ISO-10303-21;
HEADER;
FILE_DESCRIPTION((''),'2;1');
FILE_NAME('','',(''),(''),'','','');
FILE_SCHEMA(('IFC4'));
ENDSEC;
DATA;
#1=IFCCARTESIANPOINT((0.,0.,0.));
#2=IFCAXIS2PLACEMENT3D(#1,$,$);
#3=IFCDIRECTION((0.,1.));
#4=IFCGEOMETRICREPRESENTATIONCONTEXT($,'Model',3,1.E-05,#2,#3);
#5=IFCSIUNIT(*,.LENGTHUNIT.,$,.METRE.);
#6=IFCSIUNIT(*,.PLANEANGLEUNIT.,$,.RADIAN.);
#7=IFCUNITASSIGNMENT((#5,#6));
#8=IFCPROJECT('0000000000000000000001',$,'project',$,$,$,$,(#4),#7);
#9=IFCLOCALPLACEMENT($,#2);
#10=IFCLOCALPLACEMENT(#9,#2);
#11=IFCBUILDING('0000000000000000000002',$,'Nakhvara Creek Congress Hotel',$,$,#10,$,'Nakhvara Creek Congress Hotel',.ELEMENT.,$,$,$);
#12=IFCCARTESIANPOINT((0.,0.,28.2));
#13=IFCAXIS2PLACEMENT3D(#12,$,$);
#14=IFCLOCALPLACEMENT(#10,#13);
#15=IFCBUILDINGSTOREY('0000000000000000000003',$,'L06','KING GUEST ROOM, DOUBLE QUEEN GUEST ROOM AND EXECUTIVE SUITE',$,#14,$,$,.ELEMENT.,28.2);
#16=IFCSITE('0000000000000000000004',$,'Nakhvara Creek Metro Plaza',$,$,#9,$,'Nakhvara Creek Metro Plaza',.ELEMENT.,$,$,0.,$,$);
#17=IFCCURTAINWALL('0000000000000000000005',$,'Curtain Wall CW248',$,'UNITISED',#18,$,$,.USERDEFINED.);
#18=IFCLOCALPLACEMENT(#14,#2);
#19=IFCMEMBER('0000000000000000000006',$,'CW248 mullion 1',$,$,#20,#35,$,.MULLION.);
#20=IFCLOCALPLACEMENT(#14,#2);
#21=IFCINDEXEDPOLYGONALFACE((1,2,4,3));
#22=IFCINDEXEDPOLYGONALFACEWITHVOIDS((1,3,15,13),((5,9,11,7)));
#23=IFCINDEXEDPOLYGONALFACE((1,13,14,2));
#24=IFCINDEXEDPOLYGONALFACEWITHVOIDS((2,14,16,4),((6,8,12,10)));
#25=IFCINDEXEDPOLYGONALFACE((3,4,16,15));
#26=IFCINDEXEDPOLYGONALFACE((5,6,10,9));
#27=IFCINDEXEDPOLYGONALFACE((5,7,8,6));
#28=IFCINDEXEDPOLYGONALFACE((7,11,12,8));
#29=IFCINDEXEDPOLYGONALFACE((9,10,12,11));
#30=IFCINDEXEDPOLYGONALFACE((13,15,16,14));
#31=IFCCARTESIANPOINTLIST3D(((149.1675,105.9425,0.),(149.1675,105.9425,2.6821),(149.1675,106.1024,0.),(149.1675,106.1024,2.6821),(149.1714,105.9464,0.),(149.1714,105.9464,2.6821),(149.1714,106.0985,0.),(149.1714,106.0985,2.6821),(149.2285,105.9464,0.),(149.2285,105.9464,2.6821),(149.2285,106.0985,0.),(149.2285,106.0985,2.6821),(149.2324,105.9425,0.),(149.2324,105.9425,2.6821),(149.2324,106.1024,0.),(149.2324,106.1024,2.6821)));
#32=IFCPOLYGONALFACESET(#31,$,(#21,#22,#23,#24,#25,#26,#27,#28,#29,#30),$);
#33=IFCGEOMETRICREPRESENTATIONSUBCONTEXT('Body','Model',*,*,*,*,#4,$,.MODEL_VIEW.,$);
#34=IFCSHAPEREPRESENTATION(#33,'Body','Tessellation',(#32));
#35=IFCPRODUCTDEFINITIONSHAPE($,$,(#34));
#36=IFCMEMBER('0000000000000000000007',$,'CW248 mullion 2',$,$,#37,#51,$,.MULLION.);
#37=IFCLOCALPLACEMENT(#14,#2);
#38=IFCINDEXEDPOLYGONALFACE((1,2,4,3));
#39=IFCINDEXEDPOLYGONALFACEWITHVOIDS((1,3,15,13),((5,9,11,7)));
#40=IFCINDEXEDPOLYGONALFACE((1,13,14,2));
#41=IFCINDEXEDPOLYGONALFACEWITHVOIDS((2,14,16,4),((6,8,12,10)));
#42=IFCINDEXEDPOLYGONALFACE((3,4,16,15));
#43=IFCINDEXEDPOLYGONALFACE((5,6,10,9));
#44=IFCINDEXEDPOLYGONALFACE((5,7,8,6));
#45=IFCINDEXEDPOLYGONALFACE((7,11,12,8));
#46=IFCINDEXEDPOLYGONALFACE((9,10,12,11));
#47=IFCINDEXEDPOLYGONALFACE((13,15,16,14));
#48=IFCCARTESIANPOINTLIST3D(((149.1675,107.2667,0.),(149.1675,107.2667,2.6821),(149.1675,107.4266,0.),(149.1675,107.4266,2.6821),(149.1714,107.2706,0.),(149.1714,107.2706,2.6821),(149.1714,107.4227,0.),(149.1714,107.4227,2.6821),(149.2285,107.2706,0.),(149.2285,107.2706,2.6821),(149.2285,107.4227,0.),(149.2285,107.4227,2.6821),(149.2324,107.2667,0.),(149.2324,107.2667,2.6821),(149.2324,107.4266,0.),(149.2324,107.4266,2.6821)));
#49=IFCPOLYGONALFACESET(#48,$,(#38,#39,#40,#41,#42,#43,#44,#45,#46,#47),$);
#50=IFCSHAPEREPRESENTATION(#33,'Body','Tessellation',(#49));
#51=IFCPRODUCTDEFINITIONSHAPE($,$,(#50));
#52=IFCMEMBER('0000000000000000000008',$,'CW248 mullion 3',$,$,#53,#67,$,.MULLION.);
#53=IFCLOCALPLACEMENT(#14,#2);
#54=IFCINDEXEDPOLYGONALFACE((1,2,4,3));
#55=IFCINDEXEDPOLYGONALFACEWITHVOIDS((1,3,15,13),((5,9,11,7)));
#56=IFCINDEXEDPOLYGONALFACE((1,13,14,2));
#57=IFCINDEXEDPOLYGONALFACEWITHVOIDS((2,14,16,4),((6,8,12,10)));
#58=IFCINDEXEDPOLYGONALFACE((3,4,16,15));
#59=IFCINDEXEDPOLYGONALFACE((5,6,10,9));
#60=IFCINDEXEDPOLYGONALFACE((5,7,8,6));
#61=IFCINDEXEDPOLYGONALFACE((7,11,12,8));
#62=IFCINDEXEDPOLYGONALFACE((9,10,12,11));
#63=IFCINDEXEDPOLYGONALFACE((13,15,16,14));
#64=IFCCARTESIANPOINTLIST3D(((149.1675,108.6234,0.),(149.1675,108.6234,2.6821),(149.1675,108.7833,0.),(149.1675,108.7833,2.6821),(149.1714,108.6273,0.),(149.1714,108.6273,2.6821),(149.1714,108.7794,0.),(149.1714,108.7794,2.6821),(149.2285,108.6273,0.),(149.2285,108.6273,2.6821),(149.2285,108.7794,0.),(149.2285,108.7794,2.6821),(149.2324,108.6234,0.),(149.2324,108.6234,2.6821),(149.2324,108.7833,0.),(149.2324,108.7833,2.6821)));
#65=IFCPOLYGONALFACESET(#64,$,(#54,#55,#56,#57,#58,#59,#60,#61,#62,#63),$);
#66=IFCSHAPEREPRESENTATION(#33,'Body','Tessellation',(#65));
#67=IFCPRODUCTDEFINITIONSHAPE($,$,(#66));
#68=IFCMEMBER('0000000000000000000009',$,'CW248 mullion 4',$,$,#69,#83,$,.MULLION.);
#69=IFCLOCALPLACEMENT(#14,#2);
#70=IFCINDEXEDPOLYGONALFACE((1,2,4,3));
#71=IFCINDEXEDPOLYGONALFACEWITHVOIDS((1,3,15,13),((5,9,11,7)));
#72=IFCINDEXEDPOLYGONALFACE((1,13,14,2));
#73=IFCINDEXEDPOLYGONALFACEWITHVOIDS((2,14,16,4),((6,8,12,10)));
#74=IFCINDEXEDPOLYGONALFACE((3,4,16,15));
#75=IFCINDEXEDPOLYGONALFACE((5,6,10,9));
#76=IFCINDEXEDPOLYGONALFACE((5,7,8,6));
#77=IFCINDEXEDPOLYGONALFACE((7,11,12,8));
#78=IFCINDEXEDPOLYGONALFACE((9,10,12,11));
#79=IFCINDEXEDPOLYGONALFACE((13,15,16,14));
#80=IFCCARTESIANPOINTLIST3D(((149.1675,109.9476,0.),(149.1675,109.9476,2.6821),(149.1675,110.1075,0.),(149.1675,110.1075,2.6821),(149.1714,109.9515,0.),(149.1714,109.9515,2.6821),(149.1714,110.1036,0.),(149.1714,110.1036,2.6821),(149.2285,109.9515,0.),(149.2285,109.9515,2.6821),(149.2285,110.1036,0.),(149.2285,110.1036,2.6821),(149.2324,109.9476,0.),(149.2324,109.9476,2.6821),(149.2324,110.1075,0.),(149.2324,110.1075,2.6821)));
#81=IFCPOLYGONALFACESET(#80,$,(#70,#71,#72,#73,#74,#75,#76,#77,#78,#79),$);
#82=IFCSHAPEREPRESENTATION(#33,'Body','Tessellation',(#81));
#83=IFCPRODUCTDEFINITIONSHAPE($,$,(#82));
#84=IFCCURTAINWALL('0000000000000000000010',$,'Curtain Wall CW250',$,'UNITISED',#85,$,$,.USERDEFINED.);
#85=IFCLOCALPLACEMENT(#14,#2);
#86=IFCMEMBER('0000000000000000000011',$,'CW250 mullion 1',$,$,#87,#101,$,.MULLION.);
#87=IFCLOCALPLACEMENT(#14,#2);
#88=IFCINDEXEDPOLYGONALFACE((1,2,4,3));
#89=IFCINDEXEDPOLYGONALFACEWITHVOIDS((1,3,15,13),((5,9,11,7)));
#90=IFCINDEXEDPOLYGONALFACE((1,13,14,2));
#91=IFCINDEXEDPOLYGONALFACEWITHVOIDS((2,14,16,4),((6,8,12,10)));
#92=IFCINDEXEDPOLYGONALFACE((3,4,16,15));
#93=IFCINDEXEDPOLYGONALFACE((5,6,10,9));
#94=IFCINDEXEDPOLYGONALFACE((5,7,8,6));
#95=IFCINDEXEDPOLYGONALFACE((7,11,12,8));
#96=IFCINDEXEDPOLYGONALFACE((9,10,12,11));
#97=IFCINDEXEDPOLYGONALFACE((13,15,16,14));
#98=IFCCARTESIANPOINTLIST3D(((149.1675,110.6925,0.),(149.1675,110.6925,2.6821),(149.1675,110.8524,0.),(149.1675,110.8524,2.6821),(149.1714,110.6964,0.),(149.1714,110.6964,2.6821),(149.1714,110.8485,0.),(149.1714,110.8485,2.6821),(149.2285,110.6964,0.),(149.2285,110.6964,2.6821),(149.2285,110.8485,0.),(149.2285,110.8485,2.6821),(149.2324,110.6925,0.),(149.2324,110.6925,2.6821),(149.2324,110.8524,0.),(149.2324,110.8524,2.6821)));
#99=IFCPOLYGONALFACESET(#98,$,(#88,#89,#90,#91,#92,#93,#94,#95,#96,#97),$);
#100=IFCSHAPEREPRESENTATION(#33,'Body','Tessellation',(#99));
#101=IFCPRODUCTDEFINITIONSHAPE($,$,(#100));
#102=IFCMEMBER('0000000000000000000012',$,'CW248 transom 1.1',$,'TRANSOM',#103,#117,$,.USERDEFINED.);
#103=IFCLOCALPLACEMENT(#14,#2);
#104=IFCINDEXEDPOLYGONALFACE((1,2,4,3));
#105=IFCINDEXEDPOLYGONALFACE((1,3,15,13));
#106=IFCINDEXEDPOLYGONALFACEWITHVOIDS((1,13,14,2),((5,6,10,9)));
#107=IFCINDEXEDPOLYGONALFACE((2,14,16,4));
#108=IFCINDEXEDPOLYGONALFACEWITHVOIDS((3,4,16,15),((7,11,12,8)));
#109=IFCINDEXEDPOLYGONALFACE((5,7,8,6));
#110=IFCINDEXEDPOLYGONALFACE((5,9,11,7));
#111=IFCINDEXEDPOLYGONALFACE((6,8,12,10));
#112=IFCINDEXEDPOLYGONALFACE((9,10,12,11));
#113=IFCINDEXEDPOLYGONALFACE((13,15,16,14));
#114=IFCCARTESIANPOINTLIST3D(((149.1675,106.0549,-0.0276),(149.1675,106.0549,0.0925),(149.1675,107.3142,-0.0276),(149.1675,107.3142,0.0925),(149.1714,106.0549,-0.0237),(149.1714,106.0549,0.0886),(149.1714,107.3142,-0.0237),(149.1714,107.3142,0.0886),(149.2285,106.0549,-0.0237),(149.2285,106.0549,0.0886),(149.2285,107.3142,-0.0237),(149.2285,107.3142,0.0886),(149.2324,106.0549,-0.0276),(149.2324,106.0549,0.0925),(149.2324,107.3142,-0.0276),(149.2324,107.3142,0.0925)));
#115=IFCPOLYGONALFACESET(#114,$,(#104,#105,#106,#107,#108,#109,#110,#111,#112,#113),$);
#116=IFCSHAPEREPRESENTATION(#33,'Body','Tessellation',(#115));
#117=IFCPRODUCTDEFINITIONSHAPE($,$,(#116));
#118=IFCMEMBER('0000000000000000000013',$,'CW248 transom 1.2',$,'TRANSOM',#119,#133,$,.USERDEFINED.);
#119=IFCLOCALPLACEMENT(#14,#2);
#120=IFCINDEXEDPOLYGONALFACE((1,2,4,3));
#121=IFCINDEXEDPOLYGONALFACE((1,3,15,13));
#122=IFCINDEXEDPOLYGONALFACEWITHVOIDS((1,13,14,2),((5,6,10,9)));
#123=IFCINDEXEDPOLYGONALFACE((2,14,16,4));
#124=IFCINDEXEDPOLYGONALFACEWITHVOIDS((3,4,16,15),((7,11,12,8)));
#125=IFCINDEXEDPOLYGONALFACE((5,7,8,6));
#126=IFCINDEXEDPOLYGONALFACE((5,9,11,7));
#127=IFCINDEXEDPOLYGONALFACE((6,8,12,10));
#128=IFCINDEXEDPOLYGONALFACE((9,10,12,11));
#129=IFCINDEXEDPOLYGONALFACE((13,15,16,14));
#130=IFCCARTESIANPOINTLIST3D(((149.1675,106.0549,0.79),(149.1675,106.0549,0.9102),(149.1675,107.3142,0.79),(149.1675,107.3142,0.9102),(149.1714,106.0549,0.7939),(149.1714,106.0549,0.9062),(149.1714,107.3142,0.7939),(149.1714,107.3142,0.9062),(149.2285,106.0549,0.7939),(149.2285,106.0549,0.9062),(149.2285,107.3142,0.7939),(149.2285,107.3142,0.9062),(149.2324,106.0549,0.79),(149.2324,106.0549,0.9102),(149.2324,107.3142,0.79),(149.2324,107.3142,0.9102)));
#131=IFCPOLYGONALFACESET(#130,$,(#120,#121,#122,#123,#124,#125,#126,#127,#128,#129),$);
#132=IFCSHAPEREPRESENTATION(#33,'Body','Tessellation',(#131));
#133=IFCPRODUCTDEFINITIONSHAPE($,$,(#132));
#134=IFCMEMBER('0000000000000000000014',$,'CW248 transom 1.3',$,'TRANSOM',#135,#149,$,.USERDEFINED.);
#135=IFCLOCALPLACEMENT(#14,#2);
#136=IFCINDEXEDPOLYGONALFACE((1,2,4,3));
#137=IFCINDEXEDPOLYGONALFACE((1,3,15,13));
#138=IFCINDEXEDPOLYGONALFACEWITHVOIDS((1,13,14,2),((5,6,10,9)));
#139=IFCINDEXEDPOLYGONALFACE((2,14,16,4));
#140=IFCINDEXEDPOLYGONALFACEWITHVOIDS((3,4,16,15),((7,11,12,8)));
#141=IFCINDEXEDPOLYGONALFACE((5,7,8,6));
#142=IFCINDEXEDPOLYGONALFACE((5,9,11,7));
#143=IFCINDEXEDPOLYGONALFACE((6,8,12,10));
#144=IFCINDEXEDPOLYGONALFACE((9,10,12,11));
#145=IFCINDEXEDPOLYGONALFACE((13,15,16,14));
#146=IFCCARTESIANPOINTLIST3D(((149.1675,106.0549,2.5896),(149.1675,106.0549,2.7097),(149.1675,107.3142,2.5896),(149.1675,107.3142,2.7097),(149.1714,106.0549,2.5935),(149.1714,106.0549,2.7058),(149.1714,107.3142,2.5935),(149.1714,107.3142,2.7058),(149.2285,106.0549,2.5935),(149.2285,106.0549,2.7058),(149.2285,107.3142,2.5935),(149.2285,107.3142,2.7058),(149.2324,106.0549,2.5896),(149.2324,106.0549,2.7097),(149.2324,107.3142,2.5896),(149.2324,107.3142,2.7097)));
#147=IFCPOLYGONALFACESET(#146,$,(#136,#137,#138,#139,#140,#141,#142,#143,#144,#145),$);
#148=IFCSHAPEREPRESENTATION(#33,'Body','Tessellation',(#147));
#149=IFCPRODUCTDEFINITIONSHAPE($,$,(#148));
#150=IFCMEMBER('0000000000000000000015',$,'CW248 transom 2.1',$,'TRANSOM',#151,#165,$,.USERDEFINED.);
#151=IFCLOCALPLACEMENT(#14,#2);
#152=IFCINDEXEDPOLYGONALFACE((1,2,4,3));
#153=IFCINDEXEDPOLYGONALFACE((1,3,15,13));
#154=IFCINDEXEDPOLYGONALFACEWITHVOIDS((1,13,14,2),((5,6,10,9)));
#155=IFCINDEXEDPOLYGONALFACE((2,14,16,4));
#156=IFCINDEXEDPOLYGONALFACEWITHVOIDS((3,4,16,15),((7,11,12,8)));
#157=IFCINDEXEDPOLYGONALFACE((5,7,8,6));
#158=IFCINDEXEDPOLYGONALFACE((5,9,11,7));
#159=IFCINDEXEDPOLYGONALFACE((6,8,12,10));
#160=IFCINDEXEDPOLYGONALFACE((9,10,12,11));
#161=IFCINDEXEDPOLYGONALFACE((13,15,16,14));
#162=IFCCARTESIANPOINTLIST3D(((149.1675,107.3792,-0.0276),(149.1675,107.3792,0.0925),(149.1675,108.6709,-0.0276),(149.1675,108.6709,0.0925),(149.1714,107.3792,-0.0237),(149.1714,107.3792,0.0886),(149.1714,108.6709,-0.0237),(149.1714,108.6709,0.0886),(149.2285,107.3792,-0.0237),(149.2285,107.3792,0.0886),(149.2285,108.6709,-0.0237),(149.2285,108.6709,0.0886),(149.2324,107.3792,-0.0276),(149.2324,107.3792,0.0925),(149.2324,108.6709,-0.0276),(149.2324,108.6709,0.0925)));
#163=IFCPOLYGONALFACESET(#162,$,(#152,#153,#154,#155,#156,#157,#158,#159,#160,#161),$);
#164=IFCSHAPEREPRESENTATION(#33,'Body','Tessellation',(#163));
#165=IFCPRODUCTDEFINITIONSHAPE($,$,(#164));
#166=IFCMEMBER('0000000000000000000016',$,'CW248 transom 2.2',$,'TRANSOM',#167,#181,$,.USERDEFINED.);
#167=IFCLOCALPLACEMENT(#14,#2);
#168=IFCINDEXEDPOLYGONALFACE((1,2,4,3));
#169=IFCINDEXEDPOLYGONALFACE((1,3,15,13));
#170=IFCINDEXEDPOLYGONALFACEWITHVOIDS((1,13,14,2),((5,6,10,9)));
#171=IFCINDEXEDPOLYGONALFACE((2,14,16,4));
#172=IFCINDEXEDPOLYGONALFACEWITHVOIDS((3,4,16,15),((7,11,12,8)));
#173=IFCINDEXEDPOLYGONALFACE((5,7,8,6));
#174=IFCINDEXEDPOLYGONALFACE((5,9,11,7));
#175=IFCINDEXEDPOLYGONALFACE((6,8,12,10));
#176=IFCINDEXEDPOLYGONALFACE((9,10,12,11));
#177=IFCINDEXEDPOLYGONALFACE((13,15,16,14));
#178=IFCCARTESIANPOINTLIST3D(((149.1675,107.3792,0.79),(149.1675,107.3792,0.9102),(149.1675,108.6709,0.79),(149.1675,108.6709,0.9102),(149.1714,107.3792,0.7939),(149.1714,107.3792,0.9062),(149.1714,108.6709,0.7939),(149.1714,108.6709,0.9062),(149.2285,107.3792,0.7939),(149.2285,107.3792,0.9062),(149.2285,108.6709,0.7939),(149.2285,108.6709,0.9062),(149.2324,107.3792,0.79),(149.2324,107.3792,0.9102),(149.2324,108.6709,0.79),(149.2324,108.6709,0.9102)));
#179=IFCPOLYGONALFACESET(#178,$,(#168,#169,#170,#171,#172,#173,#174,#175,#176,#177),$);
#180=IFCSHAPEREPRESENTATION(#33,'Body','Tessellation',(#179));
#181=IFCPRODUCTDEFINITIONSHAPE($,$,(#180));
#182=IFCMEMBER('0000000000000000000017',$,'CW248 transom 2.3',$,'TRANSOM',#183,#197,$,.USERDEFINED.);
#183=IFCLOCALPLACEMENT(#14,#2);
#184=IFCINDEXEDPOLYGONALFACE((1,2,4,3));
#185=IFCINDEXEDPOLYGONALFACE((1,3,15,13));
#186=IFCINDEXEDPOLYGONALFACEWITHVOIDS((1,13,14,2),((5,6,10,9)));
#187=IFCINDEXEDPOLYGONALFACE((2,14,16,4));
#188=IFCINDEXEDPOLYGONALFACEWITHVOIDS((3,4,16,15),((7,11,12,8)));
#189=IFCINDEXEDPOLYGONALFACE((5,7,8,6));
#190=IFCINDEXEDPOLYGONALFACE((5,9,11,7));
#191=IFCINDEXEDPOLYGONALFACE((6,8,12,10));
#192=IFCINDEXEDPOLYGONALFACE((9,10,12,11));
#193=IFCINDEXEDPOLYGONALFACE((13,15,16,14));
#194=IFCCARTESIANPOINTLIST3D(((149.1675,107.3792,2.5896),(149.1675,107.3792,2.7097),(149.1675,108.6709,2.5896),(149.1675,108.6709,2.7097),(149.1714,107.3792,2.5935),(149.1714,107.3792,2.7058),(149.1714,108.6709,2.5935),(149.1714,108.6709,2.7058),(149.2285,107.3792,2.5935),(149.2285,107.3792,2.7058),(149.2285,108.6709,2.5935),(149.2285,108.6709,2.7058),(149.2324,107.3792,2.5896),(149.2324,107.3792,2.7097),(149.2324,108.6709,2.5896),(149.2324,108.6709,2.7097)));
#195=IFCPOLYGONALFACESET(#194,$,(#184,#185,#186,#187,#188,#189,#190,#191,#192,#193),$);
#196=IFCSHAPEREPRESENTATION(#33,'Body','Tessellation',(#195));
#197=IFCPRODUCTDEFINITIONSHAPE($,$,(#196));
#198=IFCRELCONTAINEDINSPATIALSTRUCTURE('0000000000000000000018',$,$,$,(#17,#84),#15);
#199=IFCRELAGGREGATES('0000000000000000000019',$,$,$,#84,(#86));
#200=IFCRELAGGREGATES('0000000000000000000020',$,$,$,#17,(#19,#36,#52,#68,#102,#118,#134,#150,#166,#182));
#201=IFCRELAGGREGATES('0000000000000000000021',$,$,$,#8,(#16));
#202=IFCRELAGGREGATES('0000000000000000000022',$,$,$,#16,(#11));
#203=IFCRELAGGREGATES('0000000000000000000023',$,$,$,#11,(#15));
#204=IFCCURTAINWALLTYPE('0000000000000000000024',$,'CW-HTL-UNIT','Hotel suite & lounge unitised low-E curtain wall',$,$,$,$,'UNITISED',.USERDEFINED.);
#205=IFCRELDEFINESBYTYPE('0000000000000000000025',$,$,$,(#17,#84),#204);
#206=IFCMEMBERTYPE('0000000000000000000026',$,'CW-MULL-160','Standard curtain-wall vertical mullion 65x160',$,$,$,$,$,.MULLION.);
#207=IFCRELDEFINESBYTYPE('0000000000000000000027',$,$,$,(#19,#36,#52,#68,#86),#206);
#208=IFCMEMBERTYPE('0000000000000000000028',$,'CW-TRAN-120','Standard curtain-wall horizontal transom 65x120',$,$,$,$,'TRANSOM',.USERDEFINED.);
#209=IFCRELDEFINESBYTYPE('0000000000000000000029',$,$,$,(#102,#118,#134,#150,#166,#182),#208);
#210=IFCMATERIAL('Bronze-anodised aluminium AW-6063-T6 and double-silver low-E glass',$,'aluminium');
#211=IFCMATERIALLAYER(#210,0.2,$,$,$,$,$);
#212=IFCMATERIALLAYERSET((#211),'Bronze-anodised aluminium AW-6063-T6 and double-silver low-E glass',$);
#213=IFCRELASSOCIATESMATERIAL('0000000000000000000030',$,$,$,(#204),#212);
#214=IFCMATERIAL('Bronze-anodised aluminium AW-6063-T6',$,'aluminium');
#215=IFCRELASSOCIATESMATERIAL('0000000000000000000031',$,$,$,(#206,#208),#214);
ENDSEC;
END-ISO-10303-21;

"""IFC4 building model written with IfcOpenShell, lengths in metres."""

from ifc_helpers import new_model, si_unit, direction, frame, origin, origin_2d, place, context, subcontext, project, spatial, hollow_rectangle, extrude, material, layer, layer_set, material_profile, profile_set, type_object, element, aggregate, save


model = new_model("IFC4")

# Units and contexts
model_context = context("Model", 3, precision=1e-05, world=origin(), true_north=direction((0.0, 1.0)))
body_context = subcontext(model_context, "Body", "Model", "MODEL_VIEW")
ifc_project = project(units=[si_unit("LENGTHUNIT", "METRE"), si_unit("PLANEANGLEUNIT", "RADIAN")], contexts=[model_context])

# Site, building, storey
site_placement = place(None, origin())
site = spatial("IfcSite", under=ifc_project, at=site_placement, Name="Nakhvara Creek Metro Plaza", LongName="Nakhvara Creek Metro Plaza", CompositionType="ELEMENT", RefElevation=0.0)
building_placement = place(site_placement, origin())
building = spatial("IfcBuilding", under=site, at=building_placement, Name="Nakhvara Creek Congress Hotel", LongName="Nakhvara Creek Congress Hotel", CompositionType="ELEMENT")
storey_placement = place(building_placement, frame((0.0, 0.0, 28.2)))
storey = spatial("IfcBuildingStorey", under=building, at=storey_placement, Name="L06", Description="KING GUEST ROOM, DOUBLE QUEEN GUEST ROOM AND EXECUTIVE SUITE", CompositionType="ELEMENT", Elevation=28.2)

# Curtain wall, members
ifc_material_1 = material(Name="Bronze-anodised aluminium AW-6063-T6 and double-silver low-E glass", Category="aluminium")
ifc_layer = layer(ifc_material_1, 0.2)
ifc_layer_set = layer_set([ifc_layer], Name="Bronze-anodised aluminium AW-6063-T6 and double-silver low-E glass")
curtain_wall_type = type_object("IfcCurtainWallType", Name="CW-HTL-UNIT", Description="Hotel suite & lounge unitised low-E curtain wall", ElementType="UNITISED", PredefinedType="USERDEFINED", material=ifc_layer_set)
curtain_wall_1_placement = place(storey_placement, origin())
curtain_wall_1 = element("IfcCurtainWall", 1, at=curtain_wall_1_placement, inside=storey, type_object=curtain_wall_type, Name="Curtain Wall CW248", ObjectType="UNITISED", PredefinedType="USERDEFINED")
ifc_material_2 = material(Name="Bronze-anodised aluminium AW-6063-T6", Category="aluminium")
ifc_material_profile_1 = material_profile(ifc_material_2, hollow_rectangle(XDim=0.0649, YDim=0.1599, WallThickness=0.0039, at=origin_2d()), Name="ALU-MULL 65x160x4", Category="LoadBearing")
ifc_profile_set_1 = profile_set([ifc_material_profile_1], Name="Bronze-anodised aluminium AW-6063-T6")
member_type_1 = type_object("IfcMemberType", Name="CW-MULL-160", Description="Standard curtain-wall vertical mullion 65x160", PredefinedType="MULLION", material=ifc_profile_set_1)
member_1_placement = place(storey_placement, frame((149.2, 106.0225, 0.0), z_axis=(0.0, 0.0, 1.0), x_axis=(-1.0, 0.0, 0.0)))
member_1 = element("IfcMember", 2, at=member_1_placement, type_object=member_type_1, Name="CW248 mullion 1", PredefinedType="MULLION", context=body_context, shape_type="SweptSolid", body=[
    extrude(hollow_rectangle(XDim=0.0649, YDim=0.1599, WallThickness=0.0039, at=origin_2d()), origin(), (0.0, 0.0, 1.0), 2.6821),
])
member_2_placement = place(storey_placement, frame((149.2, 107.3467, 0.0), z_axis=(0.0, 0.0, 1.0), x_axis=(-1.0, 0.0, 0.0)))
member_2 = element("IfcMember", 3, at=member_2_placement, type_object=member_type_1, Name="CW248 mullion 2", PredefinedType="MULLION", context=body_context, shape_type="SweptSolid", body=[
    extrude(hollow_rectangle(XDim=0.0649, YDim=0.1599, WallThickness=0.0039, at=origin_2d()), origin(), (0.0, 0.0, 1.0), 2.6821),
])
member_3_placement = place(storey_placement, frame((149.2, 108.7034, 0.0), z_axis=(0.0, 0.0, 1.0), x_axis=(-1.0, 0.0, 0.0)))
member_3 = element("IfcMember", 4, at=member_3_placement, type_object=member_type_1, Name="CW248 mullion 3", PredefinedType="MULLION", context=body_context, shape_type="SweptSolid", body=[
    extrude(hollow_rectangle(XDim=0.0649, YDim=0.1599, WallThickness=0.0039, at=origin_2d()), origin(), (0.0, 0.0, 1.0), 2.6821),
])
member_4_placement = place(storey_placement, frame((149.2, 110.0276, 0.0), z_axis=(0.0, 0.0, 1.0), x_axis=(-1.0, 0.0, 0.0)))
member_4 = element("IfcMember", 5, at=member_4_placement, type_object=member_type_1, Name="CW248 mullion 4", PredefinedType="MULLION", context=body_context, shape_type="SweptSolid", body=[
    extrude(hollow_rectangle(XDim=0.0649, YDim=0.1599, WallThickness=0.0039, at=origin_2d()), origin(), (0.0, 0.0, 1.0), 2.6821),
])

# Curtain wall, member
curtain_wall_2_placement = place(storey_placement, origin())
curtain_wall_2 = element("IfcCurtainWall", 6, at=curtain_wall_2_placement, inside=storey, type_object=curtain_wall_type, Name="Curtain Wall CW250", ObjectType="UNITISED", PredefinedType="USERDEFINED")
member_5_placement = place(storey_placement, frame((149.2, 110.7725, 0.0), z_axis=(0.0, 0.0, 1.0), x_axis=(-1.0, 0.0, 0.0)))
member_5 = element("IfcMember", 7, at=member_5_placement, type_object=member_type_1, Name="CW250 mullion 1", PredefinedType="MULLION", context=body_context, shape_type="SweptSolid", body=[
    extrude(hollow_rectangle(XDim=0.0649, YDim=0.1599, WallThickness=0.0039, at=origin_2d()), origin(), (0.0, 0.0, 1.0), 2.6821),
])

# Members
ifc_material_profile_2 = material_profile(ifc_material_2, hollow_rectangle(XDim=0.0649, YDim=0.1201, WallThickness=0.0039, at=origin_2d()), Name="ALU-TRAN 65x120x4", Category="LoadBearing")
ifc_profile_set_2 = profile_set([ifc_material_profile_2], Name="Bronze-anodised aluminium AW-6063-T6")
member_type_2 = type_object("IfcMemberType", Name="CW-TRAN-120", Description="Standard curtain-wall horizontal transom 65x120", ElementType="TRANSOM", PredefinedType="USERDEFINED", material=ifc_profile_set_2)
member_6_placement = place(storey_placement, frame((149.2, 106.0549, 0.0325), z_axis=(0.0, 1.0, 0.0), x_axis=(-1.0, 0.0, 0.0)))
member_6 = element("IfcMember", 8, at=member_6_placement, type_object=member_type_2, Name="CW248 transom 1.1", ObjectType="TRANSOM", PredefinedType="USERDEFINED", context=body_context, shape_type="SweptSolid", body=[
    extrude(hollow_rectangle(XDim=0.0649, YDim=0.1201, WallThickness=0.0039, at=origin_2d()), origin(), (0.0, 0.0, 1.0), 1.2593),
])
member_7_placement = place(storey_placement, frame((149.2, 106.0549, 0.8501), z_axis=(0.0, 1.0, 0.0), x_axis=(-1.0, 0.0, 0.0)))
member_7 = element("IfcMember", 9, at=member_7_placement, type_object=member_type_2, Name="CW248 transom 1.2", ObjectType="TRANSOM", PredefinedType="USERDEFINED", context=body_context, shape_type="SweptSolid", body=[
    extrude(hollow_rectangle(XDim=0.0649, YDim=0.1201, WallThickness=0.0039, at=origin_2d()), origin(), (0.0, 0.0, 1.0), 1.2593),
])
member_8_placement = place(storey_placement, frame((149.2, 106.0549, 2.6497), z_axis=(0.0, 1.0, 0.0), x_axis=(-1.0, 0.0, 0.0)))
member_8 = element("IfcMember", 10, at=member_8_placement, type_object=member_type_2, Name="CW248 transom 1.3", ObjectType="TRANSOM", PredefinedType="USERDEFINED", context=body_context, shape_type="SweptSolid", body=[
    extrude(hollow_rectangle(XDim=0.0649, YDim=0.1201, WallThickness=0.0039, at=origin_2d()), origin(), (0.0, 0.0, 1.0), 1.2593),
])
member_9_placement = place(storey_placement, frame((149.2, 107.3792, 0.0325), z_axis=(0.0, 1.0, 0.0), x_axis=(-1.0, 0.0, 0.0)))
member_9 = element("IfcMember", 11, at=member_9_placement, type_object=member_type_2, Name="CW248 transom 2.1", ObjectType="TRANSOM", PredefinedType="USERDEFINED", context=body_context, shape_type="SweptSolid", body=[
    extrude(hollow_rectangle(XDim=0.0649, YDim=0.1201, WallThickness=0.0039, at=origin_2d()), origin(), (0.0, 0.0, 1.0), 1.2917),
])
member_10_placement = place(storey_placement, frame((149.2, 107.3792, 0.8501), z_axis=(0.0, 1.0, 0.0), x_axis=(-1.0, 0.0, 0.0)))
member_10 = element("IfcMember", 12, at=member_10_placement, type_object=member_type_2, Name="CW248 transom 2.2", ObjectType="TRANSOM", PredefinedType="USERDEFINED", context=body_context, shape_type="SweptSolid", body=[
    extrude(hollow_rectangle(XDim=0.0649, YDim=0.1201, WallThickness=0.0039, at=origin_2d()), origin(), (0.0, 0.0, 1.0), 1.2917),
])
member_11_placement = place(storey_placement, frame((149.2, 107.3792, 2.6497), z_axis=(0.0, 1.0, 0.0), x_axis=(-1.0, 0.0, 0.0)))
member_11 = element("IfcMember", 13, at=member_11_placement, type_object=member_type_2, Name="CW248 transom 2.3", ObjectType="TRANSOM", PredefinedType="USERDEFINED", context=body_context, shape_type="SweptSolid", body=[
    extrude(hollow_rectangle(XDim=0.0649, YDim=0.1201, WallThickness=0.0039, at=origin_2d()), origin(), (0.0, 0.0, 1.0), 1.2917),
])
aggregate(curtain_wall_2, [member_5])

aggregate(curtain_wall_1, [member_1, member_2, member_3, member_4, member_6, member_7, member_8, member_9, member_10, member_11])

save(model, "model.ifc")
